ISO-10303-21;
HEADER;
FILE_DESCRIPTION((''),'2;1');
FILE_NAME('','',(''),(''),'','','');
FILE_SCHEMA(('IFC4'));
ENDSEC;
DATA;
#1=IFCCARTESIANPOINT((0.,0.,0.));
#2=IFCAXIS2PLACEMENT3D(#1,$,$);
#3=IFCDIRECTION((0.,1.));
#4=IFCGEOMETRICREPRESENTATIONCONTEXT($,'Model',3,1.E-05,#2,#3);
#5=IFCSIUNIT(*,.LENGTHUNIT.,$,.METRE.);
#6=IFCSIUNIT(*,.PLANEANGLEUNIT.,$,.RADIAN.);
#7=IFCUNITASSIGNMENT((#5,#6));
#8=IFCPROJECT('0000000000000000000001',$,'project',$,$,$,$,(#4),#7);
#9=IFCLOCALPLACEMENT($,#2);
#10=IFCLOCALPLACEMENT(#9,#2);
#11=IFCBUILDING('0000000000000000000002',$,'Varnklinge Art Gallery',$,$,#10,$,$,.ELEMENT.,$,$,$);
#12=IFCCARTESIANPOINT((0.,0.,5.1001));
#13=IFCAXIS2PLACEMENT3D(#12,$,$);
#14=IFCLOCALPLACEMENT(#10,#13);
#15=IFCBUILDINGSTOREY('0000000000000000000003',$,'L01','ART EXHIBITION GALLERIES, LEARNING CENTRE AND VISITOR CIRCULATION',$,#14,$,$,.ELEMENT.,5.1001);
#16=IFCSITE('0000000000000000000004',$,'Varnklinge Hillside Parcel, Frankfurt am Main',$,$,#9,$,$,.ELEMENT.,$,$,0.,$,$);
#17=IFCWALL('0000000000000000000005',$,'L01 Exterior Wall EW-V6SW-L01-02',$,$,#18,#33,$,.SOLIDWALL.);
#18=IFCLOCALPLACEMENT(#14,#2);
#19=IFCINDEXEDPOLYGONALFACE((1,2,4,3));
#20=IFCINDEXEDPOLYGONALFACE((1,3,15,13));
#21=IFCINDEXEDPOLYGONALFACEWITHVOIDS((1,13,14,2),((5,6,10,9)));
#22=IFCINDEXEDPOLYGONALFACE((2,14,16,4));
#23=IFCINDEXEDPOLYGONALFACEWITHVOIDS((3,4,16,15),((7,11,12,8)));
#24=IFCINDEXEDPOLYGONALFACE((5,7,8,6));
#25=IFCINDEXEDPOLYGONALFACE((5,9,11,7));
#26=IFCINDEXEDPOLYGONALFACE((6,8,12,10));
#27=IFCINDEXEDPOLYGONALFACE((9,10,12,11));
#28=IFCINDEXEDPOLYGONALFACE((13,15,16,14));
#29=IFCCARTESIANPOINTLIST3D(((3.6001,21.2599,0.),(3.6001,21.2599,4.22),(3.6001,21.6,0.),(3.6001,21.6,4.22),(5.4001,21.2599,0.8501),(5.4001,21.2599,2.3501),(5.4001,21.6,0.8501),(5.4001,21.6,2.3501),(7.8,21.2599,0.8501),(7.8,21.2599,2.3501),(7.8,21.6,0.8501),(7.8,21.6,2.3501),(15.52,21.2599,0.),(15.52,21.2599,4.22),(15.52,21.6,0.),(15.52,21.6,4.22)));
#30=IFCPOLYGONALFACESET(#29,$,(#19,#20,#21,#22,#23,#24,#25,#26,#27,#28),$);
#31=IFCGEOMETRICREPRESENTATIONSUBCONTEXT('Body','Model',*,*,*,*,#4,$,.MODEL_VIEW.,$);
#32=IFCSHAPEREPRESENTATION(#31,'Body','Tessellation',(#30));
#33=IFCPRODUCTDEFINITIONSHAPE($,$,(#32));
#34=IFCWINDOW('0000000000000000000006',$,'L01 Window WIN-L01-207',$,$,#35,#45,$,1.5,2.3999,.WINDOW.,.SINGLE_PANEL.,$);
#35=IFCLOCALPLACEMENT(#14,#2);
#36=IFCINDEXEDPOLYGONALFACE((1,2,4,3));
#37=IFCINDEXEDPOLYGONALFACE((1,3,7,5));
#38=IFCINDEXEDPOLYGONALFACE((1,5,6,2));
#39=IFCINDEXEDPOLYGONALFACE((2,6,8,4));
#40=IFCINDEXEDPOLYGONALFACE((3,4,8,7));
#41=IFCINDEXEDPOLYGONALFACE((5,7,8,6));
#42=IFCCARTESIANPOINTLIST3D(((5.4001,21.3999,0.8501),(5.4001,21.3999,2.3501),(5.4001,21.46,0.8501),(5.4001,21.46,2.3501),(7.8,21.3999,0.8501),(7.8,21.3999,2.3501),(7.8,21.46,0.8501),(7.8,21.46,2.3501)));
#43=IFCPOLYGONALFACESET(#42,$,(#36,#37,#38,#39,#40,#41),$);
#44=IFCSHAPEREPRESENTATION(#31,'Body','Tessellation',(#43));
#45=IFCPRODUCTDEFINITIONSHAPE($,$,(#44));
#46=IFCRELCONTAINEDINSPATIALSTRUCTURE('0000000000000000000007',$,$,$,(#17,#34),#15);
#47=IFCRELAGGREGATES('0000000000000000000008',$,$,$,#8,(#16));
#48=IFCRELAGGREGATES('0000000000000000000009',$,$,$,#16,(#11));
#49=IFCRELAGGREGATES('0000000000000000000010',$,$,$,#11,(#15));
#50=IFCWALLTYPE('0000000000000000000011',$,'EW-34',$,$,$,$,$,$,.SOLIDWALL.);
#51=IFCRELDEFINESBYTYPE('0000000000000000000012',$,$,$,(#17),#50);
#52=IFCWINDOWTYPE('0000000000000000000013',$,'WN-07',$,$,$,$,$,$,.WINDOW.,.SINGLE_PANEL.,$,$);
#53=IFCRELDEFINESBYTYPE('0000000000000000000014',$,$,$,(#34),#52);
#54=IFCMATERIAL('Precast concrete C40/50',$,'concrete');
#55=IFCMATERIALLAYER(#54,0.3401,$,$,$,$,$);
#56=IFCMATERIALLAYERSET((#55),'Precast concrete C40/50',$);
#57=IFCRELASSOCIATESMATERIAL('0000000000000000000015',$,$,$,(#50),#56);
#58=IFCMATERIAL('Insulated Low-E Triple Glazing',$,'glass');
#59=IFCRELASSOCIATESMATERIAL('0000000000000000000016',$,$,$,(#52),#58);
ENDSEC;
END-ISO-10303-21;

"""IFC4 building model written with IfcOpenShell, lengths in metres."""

from ifc_helpers import new_model, si_unit, direction, frame, frame_2d, origin, place, context, subcontext, project, spatial, rectangle, extrude, material, layer, layer_set, type_object, element, fill, save


model = new_model("IFC4")

# Units and contexts
model_context = context("Model", 3, precision=1e-05, world=origin(), true_north=direction((0.0, 1.0)))
body_context = subcontext(model_context, "Body", "Model", "MODEL_VIEW")
ifc_project = project(units=[si_unit("LENGTHUNIT", "METRE"), si_unit("PLANEANGLEUNIT", "RADIAN")], contexts=[model_context])

# Site, building, storey
site_placement = place(None, origin())
site = spatial("IfcSite", under=ifc_project, at=site_placement, Name="Varnklinge Hillside Parcel, Frankfurt am Main", CompositionType="ELEMENT", RefElevation=0.0)
building_placement = place(site_placement, origin())
building = spatial("IfcBuilding", under=site, at=building_placement, Name="Varnklinge Art Gallery", CompositionType="ELEMENT")
storey_placement = place(building_placement, frame((0.0, 0.0, 5.1001)))
storey = spatial("IfcBuildingStorey", under=building, at=storey_placement, Name="L01", Description="ART EXHIBITION GALLERIES, LEARNING CENTRE AND VISITOR CIRCULATION", CompositionType="ELEMENT", Elevation=5.1001)

# Wall, opening, window
ifc_material_1 = material(Name="Precast concrete C40/50", Category="concrete")
ifc_layer_1 = layer(ifc_material_1, 0.3401)
ifc_layer_set_1 = layer_set([ifc_layer_1], Name="Precast concrete C40/50")
wall_type = type_object("IfcWallType", Name="EW-34", PredefinedType="SOLIDWALL", material=ifc_layer_set_1)
wall_placement = place(storey_placement, frame((3.6001, 21.4299, 0.0), z_axis=(0.0, 0.0, 1.0), x_axis=(1.0, 0.0, 0.0)))
wall = element("IfcWall", 1, at=wall_placement, inside=storey, type_object=wall_type, Name="L01 Exterior Wall EW-V6SW-L01-02", PredefinedType="SOLIDWALL", context=body_context, shape_type="SweptSolid", body=[
    extrude(rectangle(XDim=11.9199, YDim=0.3401, at=frame_2d((5.96, 0.0))), origin(), (0.0, 0.0, 1.0), 4.22),
])
opening_placement = place(wall_placement, frame((1.8, 0.0, 0.8501)))
opening = element("IfcOpeningElement", 2, at=opening_placement, cuts=wall, PredefinedType="OPENING", context=body_context, shape_type="SweptSolid", body=[
    extrude(rectangle(XDim=2.3999, YDim=1.5, at=frame_2d((1.2, 0.75))), frame((0.0, 0.1799, 0.0), z_axis=(0.0, -1.0, 0.0), x_axis=(1.0, 0.0, 0.0)), (0.0, 0.0, 1.0), 0.3601),
])
ifc_material_2 = material(Name="Insulated Low-E Triple Glazing", Category="glass")
window_type = type_object("IfcWindowType", Name="WN-07", PartitioningType="SINGLE_PANEL", PredefinedType="WINDOW", material=ifc_material_2)
window_placement = place(opening_placement, origin())
window = element("IfcWindow", 3, at=window_placement, inside=storey, type_object=window_type, Name="L01 Window WIN-L01-207", OverallHeight=1.5, OverallWidth=2.3999, PartitioningType="SINGLE_PANEL", PredefinedType="WINDOW", context=body_context, shape_type="SweptSolid", body=[
    extrude(rectangle(XDim=2.3999, YDim=1.5, at=frame_2d((1.2, 0.75))), frame((0.0, 0.03, 0.0), z_axis=(0.0, -1.0, 0.0), x_axis=(1.0, 0.0, 0.0)), (0.0, 0.0, 1.0), 0.0601),
])
fill(opening, window)

save(model, "model.ifc")
